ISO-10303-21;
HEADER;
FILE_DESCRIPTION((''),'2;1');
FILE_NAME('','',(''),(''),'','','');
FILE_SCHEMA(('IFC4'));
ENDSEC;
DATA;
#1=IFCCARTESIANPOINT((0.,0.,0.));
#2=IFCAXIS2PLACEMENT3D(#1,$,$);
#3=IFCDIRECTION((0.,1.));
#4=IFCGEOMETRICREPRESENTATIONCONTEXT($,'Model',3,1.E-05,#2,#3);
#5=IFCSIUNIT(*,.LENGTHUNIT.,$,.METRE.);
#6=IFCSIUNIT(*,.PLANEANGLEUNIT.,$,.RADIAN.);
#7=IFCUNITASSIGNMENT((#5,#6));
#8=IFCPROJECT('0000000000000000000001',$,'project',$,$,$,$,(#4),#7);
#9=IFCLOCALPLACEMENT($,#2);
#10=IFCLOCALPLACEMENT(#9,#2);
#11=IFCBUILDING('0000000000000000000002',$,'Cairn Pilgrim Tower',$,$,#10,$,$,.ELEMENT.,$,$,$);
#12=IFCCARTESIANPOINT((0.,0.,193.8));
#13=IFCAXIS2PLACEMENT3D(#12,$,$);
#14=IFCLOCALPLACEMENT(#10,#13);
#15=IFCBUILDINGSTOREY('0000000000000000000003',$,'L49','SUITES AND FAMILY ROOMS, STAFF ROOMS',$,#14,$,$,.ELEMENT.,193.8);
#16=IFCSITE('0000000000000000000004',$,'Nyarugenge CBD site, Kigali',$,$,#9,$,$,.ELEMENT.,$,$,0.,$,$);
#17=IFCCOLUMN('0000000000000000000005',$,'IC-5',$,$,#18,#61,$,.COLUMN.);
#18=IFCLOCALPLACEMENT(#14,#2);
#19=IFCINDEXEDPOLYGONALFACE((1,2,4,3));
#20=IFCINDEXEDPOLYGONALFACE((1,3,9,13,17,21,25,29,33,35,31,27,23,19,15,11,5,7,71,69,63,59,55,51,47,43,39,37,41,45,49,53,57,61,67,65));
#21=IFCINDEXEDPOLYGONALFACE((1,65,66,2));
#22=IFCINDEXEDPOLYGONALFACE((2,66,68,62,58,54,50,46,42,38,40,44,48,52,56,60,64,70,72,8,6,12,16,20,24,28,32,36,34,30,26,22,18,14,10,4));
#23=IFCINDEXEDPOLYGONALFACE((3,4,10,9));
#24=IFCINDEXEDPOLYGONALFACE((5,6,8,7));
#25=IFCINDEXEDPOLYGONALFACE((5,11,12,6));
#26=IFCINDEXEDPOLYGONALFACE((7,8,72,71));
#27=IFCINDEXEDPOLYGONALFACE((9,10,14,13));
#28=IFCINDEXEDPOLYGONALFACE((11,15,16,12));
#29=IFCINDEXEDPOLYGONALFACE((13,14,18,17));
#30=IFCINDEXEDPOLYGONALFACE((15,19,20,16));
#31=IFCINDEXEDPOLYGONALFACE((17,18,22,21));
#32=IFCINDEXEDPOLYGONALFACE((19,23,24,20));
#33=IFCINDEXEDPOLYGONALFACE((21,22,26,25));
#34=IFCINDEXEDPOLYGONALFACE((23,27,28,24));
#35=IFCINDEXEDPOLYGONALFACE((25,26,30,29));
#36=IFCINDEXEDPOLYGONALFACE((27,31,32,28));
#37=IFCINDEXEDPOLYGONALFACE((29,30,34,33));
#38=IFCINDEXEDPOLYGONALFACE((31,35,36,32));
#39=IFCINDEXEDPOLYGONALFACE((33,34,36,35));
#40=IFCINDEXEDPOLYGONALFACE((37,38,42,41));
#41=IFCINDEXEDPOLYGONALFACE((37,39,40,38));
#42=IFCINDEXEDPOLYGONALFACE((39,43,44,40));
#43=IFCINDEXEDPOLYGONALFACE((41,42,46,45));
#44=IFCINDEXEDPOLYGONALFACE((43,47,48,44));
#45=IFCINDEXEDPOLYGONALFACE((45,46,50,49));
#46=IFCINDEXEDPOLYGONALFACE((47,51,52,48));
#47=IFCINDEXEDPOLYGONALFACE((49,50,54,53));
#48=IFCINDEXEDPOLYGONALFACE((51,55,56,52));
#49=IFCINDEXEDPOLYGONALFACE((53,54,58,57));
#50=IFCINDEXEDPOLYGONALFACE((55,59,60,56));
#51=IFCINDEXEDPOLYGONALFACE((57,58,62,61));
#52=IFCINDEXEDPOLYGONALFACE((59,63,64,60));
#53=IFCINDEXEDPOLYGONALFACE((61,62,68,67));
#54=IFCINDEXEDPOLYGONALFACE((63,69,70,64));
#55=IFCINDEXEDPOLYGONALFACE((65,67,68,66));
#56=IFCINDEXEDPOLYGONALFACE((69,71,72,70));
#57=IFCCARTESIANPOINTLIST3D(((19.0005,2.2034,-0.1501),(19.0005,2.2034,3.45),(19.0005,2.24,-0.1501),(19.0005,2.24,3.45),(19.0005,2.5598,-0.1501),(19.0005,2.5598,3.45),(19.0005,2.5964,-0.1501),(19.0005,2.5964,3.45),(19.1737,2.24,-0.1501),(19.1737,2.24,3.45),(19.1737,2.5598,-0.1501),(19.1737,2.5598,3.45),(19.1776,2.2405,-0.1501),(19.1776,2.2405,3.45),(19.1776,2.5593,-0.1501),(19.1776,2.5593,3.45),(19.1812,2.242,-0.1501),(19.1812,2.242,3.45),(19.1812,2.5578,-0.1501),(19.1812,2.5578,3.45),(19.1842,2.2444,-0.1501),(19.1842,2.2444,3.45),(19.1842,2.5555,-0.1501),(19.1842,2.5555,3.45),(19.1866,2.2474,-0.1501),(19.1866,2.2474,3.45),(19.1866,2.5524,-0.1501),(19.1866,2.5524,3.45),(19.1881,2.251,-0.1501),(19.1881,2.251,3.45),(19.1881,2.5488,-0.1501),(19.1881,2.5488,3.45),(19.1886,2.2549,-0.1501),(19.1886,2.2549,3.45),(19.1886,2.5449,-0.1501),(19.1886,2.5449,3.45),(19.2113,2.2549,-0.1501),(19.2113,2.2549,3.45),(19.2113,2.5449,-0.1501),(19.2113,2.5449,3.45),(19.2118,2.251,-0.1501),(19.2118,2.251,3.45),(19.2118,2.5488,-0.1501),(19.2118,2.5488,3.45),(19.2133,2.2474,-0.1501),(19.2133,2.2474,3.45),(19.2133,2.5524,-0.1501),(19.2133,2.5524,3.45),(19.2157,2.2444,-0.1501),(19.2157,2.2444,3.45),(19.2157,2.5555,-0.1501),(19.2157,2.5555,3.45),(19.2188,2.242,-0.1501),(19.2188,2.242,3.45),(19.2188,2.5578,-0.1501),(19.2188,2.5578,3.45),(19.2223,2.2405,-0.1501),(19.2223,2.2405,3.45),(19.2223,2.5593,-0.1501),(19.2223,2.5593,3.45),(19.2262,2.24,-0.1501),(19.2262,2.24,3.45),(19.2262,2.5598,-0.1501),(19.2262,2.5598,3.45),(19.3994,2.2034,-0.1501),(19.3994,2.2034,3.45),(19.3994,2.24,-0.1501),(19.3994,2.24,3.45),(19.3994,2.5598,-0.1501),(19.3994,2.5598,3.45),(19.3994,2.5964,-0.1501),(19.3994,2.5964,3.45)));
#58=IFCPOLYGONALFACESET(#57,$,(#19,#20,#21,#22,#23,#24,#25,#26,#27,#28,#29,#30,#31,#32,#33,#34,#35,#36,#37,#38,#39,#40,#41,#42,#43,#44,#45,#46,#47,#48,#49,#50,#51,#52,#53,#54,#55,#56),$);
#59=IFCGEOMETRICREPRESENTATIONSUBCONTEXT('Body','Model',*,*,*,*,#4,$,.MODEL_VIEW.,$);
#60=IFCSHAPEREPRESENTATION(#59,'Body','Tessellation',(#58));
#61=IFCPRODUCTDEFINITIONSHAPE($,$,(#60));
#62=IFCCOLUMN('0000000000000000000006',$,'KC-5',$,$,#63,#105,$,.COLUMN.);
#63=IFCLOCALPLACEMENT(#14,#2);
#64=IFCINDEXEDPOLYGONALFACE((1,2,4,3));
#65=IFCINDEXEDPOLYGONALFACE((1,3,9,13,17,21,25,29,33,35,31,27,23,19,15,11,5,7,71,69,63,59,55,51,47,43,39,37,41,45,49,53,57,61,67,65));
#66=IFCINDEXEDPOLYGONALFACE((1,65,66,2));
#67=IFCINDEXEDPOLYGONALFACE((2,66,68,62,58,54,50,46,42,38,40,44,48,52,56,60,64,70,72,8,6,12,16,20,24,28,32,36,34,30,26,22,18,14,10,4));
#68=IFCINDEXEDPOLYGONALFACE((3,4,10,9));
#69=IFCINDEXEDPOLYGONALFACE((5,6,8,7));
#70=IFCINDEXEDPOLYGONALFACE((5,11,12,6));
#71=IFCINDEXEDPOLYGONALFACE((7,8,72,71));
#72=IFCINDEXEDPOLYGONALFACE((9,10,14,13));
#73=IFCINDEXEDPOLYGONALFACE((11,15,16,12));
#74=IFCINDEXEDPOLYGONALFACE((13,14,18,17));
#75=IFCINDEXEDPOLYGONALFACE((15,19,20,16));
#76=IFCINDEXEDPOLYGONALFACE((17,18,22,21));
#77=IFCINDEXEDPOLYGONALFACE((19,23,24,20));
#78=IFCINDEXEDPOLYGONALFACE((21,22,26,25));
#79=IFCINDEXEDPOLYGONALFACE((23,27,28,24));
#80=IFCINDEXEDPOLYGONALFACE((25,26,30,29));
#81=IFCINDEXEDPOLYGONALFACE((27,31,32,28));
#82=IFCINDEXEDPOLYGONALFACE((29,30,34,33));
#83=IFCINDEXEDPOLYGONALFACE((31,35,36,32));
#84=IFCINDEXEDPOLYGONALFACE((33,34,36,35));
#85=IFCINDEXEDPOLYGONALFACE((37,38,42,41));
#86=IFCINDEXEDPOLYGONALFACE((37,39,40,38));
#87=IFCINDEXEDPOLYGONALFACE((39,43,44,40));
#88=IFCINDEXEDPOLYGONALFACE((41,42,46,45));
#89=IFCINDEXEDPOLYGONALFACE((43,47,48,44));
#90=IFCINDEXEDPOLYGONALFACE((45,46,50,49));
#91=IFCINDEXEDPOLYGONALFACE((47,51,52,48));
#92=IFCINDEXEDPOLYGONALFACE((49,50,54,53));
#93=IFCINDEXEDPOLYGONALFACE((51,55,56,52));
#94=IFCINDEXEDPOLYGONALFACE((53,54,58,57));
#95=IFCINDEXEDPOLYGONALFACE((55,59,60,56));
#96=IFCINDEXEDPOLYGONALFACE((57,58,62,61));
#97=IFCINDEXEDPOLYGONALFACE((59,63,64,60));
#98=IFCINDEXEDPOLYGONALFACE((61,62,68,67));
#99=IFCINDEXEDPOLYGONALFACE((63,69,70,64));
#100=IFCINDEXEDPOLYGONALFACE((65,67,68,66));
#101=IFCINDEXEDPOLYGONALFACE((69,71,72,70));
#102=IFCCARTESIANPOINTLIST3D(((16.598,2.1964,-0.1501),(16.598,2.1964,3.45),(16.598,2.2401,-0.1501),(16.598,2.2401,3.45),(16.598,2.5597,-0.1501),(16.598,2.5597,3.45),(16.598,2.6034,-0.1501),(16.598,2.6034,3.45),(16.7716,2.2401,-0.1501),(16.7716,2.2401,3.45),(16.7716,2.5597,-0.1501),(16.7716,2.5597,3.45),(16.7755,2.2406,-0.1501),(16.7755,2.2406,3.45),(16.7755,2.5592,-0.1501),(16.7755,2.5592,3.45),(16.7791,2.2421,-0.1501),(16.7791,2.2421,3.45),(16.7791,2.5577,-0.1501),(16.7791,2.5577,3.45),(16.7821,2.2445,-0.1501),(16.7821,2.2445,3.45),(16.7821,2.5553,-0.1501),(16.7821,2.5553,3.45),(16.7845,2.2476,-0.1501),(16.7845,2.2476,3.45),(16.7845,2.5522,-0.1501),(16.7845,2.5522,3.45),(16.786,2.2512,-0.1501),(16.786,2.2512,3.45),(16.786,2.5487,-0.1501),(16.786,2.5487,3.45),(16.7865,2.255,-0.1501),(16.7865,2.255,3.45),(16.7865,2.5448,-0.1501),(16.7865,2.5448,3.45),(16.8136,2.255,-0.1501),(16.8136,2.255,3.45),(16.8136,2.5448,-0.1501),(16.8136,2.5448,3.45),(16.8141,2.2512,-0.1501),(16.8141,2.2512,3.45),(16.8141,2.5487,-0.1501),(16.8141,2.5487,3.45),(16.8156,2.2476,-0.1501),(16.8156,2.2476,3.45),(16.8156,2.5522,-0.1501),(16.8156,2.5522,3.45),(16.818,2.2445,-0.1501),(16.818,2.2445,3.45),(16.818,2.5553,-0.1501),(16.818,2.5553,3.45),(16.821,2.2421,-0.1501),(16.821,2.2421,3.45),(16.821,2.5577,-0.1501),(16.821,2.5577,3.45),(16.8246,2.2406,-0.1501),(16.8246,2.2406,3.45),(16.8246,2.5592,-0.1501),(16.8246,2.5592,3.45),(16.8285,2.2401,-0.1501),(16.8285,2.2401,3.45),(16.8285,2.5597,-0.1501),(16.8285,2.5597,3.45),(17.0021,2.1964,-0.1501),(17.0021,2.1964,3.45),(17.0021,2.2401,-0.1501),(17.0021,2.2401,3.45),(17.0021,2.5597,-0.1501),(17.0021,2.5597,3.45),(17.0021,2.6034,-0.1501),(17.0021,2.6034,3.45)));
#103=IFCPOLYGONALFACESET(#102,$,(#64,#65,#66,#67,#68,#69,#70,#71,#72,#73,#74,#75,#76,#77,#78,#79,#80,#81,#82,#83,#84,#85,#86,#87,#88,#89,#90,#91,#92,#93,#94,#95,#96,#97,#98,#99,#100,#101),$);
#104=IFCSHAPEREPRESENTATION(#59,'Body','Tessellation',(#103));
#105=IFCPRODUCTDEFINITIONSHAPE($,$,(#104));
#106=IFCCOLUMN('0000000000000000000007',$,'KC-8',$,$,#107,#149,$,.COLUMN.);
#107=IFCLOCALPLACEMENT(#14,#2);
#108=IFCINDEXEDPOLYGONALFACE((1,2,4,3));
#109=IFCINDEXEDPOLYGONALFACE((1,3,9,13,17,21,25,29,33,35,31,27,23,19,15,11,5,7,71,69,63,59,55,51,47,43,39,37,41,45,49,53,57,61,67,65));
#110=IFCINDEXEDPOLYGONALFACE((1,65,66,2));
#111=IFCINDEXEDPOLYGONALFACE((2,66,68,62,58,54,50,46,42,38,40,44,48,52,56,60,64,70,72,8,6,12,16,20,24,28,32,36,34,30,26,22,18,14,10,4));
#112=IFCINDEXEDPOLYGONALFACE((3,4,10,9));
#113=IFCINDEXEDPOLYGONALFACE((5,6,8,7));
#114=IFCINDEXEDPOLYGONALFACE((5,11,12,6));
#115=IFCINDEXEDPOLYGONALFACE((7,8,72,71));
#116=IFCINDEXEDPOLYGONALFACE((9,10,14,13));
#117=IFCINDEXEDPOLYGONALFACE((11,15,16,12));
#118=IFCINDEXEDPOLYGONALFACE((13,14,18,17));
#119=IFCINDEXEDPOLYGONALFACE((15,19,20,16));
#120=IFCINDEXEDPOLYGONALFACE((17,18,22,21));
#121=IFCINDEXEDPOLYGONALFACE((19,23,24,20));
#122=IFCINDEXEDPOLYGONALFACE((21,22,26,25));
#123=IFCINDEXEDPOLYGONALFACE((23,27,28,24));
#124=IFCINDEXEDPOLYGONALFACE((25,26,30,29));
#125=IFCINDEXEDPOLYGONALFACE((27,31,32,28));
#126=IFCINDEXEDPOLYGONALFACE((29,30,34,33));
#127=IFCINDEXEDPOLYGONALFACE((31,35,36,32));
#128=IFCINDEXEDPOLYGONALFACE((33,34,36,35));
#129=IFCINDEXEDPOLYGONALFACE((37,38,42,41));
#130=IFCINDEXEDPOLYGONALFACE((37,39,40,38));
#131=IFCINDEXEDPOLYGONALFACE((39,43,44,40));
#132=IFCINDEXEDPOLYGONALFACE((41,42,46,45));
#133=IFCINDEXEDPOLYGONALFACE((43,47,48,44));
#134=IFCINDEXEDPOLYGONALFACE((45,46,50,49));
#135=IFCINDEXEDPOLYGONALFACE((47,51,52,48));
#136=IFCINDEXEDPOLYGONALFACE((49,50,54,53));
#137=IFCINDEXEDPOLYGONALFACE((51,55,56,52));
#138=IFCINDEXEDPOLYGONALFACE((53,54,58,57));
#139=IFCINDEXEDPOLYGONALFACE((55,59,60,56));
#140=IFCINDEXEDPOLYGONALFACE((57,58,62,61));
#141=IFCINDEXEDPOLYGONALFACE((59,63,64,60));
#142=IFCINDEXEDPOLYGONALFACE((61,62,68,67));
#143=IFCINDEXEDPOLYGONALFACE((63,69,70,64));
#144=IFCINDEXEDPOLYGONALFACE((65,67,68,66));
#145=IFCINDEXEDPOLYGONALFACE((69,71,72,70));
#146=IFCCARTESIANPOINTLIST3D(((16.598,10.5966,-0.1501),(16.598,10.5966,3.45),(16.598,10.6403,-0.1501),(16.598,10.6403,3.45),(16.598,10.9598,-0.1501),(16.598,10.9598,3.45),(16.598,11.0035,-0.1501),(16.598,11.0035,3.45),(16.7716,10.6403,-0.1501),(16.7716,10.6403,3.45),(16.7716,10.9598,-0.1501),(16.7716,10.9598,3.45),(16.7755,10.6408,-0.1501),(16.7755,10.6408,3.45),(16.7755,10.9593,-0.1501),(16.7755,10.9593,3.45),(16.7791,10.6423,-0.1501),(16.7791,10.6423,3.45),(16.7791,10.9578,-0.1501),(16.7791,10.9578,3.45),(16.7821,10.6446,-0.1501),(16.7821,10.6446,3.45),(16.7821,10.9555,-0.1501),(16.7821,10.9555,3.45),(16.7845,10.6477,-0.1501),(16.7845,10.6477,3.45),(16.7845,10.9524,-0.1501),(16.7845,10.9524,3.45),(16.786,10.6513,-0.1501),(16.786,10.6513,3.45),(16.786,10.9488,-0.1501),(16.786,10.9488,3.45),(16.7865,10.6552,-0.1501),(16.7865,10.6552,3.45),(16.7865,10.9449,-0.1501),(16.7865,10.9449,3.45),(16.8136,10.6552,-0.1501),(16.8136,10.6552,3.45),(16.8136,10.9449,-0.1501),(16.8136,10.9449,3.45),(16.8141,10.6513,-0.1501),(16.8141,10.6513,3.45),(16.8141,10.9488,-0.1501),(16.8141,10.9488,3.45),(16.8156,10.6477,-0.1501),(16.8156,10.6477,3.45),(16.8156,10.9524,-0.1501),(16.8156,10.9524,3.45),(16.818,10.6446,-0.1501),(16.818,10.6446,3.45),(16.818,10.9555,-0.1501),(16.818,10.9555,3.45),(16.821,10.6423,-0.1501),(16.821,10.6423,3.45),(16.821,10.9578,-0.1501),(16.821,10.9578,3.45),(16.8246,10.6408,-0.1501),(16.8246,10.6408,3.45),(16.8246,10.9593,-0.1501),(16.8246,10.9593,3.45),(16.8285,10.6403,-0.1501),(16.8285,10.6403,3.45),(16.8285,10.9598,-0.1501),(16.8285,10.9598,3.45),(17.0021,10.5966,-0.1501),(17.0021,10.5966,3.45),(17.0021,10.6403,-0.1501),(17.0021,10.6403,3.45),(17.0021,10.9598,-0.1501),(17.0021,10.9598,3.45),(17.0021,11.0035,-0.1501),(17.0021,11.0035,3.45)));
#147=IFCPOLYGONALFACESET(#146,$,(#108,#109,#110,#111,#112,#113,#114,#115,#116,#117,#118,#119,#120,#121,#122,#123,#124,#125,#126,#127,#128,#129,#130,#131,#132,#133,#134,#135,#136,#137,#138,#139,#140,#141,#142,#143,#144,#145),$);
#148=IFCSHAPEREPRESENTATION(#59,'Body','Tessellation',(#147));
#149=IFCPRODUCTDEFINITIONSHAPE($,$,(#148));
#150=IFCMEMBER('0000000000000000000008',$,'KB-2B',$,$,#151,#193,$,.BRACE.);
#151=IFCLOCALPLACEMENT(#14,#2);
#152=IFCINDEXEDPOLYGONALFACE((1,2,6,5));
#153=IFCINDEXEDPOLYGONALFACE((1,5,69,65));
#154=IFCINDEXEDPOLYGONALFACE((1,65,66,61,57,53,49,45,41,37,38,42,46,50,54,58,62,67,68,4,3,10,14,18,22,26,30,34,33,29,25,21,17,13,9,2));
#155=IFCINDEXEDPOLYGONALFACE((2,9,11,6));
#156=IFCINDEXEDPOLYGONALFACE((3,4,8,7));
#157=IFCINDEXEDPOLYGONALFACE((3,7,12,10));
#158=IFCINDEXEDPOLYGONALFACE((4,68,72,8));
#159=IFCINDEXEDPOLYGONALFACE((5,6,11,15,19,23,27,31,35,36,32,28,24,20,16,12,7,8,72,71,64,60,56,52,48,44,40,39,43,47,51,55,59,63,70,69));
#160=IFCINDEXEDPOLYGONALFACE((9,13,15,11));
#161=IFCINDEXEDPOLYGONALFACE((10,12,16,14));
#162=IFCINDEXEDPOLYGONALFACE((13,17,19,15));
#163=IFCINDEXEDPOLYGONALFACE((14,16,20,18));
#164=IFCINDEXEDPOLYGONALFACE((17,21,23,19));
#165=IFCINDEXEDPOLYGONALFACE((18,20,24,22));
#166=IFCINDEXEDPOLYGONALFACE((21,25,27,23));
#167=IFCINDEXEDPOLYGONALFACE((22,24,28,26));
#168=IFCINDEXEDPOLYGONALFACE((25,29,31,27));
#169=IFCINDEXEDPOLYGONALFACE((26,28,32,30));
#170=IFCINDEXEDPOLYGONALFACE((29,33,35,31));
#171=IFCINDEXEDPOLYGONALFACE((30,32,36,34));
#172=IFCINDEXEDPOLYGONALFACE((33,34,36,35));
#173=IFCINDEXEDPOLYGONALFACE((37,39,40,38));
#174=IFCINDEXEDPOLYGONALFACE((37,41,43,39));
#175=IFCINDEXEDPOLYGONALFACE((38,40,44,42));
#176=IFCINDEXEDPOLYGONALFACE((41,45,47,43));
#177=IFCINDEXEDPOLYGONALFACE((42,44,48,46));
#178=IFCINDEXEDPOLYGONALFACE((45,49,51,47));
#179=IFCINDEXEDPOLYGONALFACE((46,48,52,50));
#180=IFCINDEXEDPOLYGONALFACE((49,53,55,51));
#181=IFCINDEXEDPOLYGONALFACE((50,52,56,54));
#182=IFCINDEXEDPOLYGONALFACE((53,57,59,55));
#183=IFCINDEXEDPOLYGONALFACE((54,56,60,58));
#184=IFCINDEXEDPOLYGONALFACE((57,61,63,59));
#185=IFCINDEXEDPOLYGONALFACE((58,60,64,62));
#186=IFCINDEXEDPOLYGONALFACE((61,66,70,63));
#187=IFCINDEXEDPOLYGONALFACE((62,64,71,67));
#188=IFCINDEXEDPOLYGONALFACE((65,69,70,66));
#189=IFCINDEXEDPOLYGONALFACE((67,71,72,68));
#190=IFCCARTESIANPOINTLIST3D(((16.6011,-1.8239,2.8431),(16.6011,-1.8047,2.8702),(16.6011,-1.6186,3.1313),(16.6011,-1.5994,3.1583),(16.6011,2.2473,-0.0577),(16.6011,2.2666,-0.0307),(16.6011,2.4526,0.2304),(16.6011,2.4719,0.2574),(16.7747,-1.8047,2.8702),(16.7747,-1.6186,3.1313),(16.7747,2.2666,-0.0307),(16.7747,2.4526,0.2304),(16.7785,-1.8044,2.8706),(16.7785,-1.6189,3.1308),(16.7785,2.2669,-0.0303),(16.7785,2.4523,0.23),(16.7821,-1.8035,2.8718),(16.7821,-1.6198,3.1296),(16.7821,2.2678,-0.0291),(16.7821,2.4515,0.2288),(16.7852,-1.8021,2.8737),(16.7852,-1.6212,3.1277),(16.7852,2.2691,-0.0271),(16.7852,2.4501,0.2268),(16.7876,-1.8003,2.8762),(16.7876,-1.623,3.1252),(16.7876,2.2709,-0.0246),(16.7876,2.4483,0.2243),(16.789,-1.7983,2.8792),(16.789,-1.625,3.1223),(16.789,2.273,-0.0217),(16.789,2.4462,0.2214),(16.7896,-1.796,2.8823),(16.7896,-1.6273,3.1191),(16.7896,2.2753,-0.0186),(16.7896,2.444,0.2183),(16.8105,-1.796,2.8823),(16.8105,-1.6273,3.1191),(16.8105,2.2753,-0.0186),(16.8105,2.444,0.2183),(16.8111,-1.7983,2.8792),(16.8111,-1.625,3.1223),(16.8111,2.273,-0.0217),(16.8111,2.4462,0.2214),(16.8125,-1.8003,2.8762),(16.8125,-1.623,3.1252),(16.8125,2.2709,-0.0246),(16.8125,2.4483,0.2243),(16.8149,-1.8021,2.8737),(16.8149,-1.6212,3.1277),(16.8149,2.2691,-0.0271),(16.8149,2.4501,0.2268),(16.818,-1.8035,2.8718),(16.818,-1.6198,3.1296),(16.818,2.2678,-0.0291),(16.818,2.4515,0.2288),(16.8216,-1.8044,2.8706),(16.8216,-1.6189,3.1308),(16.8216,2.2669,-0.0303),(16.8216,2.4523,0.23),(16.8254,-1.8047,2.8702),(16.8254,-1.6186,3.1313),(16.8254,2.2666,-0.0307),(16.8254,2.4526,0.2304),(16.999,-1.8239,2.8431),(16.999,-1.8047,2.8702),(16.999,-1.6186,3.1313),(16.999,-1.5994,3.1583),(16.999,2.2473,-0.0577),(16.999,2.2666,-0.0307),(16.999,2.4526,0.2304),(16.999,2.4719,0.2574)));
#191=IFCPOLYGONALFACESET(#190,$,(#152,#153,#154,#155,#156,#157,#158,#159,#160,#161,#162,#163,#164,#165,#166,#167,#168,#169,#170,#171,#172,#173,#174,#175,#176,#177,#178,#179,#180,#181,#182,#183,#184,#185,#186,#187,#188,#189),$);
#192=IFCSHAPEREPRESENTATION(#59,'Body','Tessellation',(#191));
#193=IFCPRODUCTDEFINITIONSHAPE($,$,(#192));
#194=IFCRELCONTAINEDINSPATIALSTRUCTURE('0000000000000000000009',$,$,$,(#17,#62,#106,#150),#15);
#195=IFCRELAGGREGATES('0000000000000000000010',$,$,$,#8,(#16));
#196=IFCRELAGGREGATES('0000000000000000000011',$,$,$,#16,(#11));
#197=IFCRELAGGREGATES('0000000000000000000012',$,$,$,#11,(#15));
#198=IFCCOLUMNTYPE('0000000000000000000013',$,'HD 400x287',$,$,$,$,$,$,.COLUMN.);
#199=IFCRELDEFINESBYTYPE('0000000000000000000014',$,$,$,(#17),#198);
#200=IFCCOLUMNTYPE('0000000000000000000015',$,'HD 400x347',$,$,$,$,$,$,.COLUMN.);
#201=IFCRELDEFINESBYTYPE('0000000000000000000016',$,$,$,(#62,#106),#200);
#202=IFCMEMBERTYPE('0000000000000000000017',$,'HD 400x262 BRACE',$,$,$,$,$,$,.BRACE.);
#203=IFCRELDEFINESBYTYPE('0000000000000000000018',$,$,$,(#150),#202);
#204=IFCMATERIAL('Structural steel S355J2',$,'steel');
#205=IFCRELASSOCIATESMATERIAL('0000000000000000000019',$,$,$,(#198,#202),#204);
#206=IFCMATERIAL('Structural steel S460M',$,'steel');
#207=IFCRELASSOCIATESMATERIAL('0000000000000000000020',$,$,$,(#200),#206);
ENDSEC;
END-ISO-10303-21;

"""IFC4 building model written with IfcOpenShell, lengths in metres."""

from ifc_helpers import new_model, si_unit, direction, frame, origin, origin_2d, place, context, subcontext, project, spatial, i_section, extrude, material, material_profile, profile_set, type_object, element, save


model = new_model("IFC4")

# Units and contexts
model_context = context("Model", 3, precision=1e-05, world=origin(), true_north=direction((0.0, 1.0)))
body_context = subcontext(model_context, "Body", "Model", "MODEL_VIEW")
ifc_project = project(units=[si_unit("LENGTHUNIT", "METRE"), si_unit("PLANEANGLEUNIT", "RADIAN")], contexts=[model_context])

# Site, building, storey
site_placement = place(None, origin())
site = spatial("IfcSite", under=ifc_project, at=site_placement, Name="Nyarugenge CBD site, Kigali", CompositionType="ELEMENT", RefElevation=0.0)
building_placement = place(site_placement, origin())
building = spatial("IfcBuilding", under=site, at=building_placement, Name="Cairn Pilgrim Tower", CompositionType="ELEMENT")
storey_placement = place(building_placement, frame((0.0, 0.0, 193.8)))
storey = spatial("IfcBuildingStorey", under=building, at=storey_placement, Name="L49", Description="SUITES AND FAMILY ROOMS, STAFF ROOMS", CompositionType="ELEMENT", Elevation=193.8)

# Columns
ifc_material_1 = material(Name="Structural steel S355J2", Category="steel")
ifc_material_profile_1 = material_profile(ifc_material_1, i_section(OverallWidth=0.3989, OverallDepth=0.3931, WebThickness=0.0227, FlangeThickness=0.0366, FilletRadius=0.0149, at=origin_2d()), Name="HD 400x287")
ifc_profile_set_1 = profile_set([ifc_material_profile_1], Name="Structural steel S355J2")
column_type_1 = type_object("IfcColumnType", Name="HD 400x287", PredefinedType="COLUMN", material=ifc_profile_set_1)
column_placement = place(storey_placement, frame((19.2, 2.3999, -0.1501), z_axis=(0.0, 0.0, 1.0), x_axis=(1.0, 0.0, 0.0)))
element("IfcColumn", 1, at=column_placement, inside=storey, type_object=column_type_1, Name="IC-5", PredefinedType="COLUMN", context=body_context, shape_type="SweptSolid", body=[
    extrude(i_section(OverallWidth=0.3989, OverallDepth=0.3931, WebThickness=0.0227, FlangeThickness=0.0366, FilletRadius=0.0149, at=origin_2d()), origin(), (0.0, 0.0, 1.0), 3.6001),
])
ifc_material_2 = material(Name="Structural steel S460M", Category="steel")
ifc_material_profile_2 = material_profile(ifc_material_2, i_section(OverallWidth=0.4041, OverallDepth=0.407, WebThickness=0.0271, FlangeThickness=0.0437, FilletRadius=0.0149, at=origin_2d()), Name="HD 400x347")
ifc_profile_set_2 = profile_set([ifc_material_profile_2], Name="Structural steel S460M")
column_type_2 = type_object("IfcColumnType", Name="HD 400x347", PredefinedType="COLUMN", material=ifc_profile_set_2)
for number, where, z_axis, x_axis, name in (
    (2, (16.8, 2.3999, -0.1501), (0.0, 0.0, 1.0), (1.0, 0.0, 0.0), "KC-5"),
    (3, (16.8, 10.8, -0.1501), (0.0, 0.0, 1.0), (1.0, 0.0, 0.0), "KC-8"),
):
    element("IfcColumn", number, at=place(storey_placement, frame(where, z_axis=z_axis, x_axis=x_axis)), inside=storey, type_object=column_type_2, Name=name, PredefinedType="COLUMN", context=body_context, shape_type="SweptSolid", body=[
        extrude(i_section(OverallWidth=0.4041, OverallDepth=0.407, WebThickness=0.0271, FlangeThickness=0.0437, FilletRadius=0.0149, at=origin_2d()), origin(), (0.0, 0.0, 1.0), 3.6001),
    ])

# Member
ifc_material_profile_3 = material_profile(ifc_material_1, i_section(OverallWidth=0.3979, OverallDepth=0.387, WebThickness=0.021, FlangeThickness=0.0332, FilletRadius=0.0149, at=origin_2d()), Name="HD 400x262")
ifc_profile_set_3 = profile_set([ifc_material_profile_3], Name="Structural steel S355J2")
member_type = type_object("IfcMemberType", Name="HD 400x262 BRACE", PredefinedType="BRACE", material=ifc_profile_set_3)
member_1_placement = place(storey_placement, frame((16.8, 2.3596, 0.0999), z_axis=(0.0, -0.814413, 0.580286), x_axis=(1.0, 0.0, 0.0)))
element("IfcMember", 4, at=member_1_placement, inside=storey, type_object=member_type, Name="KB-2B", PredefinedType="BRACE", context=body_context, shape_type="SweptSolid", body=[
    extrude(i_section(OverallWidth=0.3979, OverallDepth=0.387, WebThickness=0.021, FlangeThickness=0.0332, FilletRadius=0.0149, at=origin_2d()), origin(), (0.0, 0.0, 1.0), 4.999),
])

save(model, "model.ifc")
